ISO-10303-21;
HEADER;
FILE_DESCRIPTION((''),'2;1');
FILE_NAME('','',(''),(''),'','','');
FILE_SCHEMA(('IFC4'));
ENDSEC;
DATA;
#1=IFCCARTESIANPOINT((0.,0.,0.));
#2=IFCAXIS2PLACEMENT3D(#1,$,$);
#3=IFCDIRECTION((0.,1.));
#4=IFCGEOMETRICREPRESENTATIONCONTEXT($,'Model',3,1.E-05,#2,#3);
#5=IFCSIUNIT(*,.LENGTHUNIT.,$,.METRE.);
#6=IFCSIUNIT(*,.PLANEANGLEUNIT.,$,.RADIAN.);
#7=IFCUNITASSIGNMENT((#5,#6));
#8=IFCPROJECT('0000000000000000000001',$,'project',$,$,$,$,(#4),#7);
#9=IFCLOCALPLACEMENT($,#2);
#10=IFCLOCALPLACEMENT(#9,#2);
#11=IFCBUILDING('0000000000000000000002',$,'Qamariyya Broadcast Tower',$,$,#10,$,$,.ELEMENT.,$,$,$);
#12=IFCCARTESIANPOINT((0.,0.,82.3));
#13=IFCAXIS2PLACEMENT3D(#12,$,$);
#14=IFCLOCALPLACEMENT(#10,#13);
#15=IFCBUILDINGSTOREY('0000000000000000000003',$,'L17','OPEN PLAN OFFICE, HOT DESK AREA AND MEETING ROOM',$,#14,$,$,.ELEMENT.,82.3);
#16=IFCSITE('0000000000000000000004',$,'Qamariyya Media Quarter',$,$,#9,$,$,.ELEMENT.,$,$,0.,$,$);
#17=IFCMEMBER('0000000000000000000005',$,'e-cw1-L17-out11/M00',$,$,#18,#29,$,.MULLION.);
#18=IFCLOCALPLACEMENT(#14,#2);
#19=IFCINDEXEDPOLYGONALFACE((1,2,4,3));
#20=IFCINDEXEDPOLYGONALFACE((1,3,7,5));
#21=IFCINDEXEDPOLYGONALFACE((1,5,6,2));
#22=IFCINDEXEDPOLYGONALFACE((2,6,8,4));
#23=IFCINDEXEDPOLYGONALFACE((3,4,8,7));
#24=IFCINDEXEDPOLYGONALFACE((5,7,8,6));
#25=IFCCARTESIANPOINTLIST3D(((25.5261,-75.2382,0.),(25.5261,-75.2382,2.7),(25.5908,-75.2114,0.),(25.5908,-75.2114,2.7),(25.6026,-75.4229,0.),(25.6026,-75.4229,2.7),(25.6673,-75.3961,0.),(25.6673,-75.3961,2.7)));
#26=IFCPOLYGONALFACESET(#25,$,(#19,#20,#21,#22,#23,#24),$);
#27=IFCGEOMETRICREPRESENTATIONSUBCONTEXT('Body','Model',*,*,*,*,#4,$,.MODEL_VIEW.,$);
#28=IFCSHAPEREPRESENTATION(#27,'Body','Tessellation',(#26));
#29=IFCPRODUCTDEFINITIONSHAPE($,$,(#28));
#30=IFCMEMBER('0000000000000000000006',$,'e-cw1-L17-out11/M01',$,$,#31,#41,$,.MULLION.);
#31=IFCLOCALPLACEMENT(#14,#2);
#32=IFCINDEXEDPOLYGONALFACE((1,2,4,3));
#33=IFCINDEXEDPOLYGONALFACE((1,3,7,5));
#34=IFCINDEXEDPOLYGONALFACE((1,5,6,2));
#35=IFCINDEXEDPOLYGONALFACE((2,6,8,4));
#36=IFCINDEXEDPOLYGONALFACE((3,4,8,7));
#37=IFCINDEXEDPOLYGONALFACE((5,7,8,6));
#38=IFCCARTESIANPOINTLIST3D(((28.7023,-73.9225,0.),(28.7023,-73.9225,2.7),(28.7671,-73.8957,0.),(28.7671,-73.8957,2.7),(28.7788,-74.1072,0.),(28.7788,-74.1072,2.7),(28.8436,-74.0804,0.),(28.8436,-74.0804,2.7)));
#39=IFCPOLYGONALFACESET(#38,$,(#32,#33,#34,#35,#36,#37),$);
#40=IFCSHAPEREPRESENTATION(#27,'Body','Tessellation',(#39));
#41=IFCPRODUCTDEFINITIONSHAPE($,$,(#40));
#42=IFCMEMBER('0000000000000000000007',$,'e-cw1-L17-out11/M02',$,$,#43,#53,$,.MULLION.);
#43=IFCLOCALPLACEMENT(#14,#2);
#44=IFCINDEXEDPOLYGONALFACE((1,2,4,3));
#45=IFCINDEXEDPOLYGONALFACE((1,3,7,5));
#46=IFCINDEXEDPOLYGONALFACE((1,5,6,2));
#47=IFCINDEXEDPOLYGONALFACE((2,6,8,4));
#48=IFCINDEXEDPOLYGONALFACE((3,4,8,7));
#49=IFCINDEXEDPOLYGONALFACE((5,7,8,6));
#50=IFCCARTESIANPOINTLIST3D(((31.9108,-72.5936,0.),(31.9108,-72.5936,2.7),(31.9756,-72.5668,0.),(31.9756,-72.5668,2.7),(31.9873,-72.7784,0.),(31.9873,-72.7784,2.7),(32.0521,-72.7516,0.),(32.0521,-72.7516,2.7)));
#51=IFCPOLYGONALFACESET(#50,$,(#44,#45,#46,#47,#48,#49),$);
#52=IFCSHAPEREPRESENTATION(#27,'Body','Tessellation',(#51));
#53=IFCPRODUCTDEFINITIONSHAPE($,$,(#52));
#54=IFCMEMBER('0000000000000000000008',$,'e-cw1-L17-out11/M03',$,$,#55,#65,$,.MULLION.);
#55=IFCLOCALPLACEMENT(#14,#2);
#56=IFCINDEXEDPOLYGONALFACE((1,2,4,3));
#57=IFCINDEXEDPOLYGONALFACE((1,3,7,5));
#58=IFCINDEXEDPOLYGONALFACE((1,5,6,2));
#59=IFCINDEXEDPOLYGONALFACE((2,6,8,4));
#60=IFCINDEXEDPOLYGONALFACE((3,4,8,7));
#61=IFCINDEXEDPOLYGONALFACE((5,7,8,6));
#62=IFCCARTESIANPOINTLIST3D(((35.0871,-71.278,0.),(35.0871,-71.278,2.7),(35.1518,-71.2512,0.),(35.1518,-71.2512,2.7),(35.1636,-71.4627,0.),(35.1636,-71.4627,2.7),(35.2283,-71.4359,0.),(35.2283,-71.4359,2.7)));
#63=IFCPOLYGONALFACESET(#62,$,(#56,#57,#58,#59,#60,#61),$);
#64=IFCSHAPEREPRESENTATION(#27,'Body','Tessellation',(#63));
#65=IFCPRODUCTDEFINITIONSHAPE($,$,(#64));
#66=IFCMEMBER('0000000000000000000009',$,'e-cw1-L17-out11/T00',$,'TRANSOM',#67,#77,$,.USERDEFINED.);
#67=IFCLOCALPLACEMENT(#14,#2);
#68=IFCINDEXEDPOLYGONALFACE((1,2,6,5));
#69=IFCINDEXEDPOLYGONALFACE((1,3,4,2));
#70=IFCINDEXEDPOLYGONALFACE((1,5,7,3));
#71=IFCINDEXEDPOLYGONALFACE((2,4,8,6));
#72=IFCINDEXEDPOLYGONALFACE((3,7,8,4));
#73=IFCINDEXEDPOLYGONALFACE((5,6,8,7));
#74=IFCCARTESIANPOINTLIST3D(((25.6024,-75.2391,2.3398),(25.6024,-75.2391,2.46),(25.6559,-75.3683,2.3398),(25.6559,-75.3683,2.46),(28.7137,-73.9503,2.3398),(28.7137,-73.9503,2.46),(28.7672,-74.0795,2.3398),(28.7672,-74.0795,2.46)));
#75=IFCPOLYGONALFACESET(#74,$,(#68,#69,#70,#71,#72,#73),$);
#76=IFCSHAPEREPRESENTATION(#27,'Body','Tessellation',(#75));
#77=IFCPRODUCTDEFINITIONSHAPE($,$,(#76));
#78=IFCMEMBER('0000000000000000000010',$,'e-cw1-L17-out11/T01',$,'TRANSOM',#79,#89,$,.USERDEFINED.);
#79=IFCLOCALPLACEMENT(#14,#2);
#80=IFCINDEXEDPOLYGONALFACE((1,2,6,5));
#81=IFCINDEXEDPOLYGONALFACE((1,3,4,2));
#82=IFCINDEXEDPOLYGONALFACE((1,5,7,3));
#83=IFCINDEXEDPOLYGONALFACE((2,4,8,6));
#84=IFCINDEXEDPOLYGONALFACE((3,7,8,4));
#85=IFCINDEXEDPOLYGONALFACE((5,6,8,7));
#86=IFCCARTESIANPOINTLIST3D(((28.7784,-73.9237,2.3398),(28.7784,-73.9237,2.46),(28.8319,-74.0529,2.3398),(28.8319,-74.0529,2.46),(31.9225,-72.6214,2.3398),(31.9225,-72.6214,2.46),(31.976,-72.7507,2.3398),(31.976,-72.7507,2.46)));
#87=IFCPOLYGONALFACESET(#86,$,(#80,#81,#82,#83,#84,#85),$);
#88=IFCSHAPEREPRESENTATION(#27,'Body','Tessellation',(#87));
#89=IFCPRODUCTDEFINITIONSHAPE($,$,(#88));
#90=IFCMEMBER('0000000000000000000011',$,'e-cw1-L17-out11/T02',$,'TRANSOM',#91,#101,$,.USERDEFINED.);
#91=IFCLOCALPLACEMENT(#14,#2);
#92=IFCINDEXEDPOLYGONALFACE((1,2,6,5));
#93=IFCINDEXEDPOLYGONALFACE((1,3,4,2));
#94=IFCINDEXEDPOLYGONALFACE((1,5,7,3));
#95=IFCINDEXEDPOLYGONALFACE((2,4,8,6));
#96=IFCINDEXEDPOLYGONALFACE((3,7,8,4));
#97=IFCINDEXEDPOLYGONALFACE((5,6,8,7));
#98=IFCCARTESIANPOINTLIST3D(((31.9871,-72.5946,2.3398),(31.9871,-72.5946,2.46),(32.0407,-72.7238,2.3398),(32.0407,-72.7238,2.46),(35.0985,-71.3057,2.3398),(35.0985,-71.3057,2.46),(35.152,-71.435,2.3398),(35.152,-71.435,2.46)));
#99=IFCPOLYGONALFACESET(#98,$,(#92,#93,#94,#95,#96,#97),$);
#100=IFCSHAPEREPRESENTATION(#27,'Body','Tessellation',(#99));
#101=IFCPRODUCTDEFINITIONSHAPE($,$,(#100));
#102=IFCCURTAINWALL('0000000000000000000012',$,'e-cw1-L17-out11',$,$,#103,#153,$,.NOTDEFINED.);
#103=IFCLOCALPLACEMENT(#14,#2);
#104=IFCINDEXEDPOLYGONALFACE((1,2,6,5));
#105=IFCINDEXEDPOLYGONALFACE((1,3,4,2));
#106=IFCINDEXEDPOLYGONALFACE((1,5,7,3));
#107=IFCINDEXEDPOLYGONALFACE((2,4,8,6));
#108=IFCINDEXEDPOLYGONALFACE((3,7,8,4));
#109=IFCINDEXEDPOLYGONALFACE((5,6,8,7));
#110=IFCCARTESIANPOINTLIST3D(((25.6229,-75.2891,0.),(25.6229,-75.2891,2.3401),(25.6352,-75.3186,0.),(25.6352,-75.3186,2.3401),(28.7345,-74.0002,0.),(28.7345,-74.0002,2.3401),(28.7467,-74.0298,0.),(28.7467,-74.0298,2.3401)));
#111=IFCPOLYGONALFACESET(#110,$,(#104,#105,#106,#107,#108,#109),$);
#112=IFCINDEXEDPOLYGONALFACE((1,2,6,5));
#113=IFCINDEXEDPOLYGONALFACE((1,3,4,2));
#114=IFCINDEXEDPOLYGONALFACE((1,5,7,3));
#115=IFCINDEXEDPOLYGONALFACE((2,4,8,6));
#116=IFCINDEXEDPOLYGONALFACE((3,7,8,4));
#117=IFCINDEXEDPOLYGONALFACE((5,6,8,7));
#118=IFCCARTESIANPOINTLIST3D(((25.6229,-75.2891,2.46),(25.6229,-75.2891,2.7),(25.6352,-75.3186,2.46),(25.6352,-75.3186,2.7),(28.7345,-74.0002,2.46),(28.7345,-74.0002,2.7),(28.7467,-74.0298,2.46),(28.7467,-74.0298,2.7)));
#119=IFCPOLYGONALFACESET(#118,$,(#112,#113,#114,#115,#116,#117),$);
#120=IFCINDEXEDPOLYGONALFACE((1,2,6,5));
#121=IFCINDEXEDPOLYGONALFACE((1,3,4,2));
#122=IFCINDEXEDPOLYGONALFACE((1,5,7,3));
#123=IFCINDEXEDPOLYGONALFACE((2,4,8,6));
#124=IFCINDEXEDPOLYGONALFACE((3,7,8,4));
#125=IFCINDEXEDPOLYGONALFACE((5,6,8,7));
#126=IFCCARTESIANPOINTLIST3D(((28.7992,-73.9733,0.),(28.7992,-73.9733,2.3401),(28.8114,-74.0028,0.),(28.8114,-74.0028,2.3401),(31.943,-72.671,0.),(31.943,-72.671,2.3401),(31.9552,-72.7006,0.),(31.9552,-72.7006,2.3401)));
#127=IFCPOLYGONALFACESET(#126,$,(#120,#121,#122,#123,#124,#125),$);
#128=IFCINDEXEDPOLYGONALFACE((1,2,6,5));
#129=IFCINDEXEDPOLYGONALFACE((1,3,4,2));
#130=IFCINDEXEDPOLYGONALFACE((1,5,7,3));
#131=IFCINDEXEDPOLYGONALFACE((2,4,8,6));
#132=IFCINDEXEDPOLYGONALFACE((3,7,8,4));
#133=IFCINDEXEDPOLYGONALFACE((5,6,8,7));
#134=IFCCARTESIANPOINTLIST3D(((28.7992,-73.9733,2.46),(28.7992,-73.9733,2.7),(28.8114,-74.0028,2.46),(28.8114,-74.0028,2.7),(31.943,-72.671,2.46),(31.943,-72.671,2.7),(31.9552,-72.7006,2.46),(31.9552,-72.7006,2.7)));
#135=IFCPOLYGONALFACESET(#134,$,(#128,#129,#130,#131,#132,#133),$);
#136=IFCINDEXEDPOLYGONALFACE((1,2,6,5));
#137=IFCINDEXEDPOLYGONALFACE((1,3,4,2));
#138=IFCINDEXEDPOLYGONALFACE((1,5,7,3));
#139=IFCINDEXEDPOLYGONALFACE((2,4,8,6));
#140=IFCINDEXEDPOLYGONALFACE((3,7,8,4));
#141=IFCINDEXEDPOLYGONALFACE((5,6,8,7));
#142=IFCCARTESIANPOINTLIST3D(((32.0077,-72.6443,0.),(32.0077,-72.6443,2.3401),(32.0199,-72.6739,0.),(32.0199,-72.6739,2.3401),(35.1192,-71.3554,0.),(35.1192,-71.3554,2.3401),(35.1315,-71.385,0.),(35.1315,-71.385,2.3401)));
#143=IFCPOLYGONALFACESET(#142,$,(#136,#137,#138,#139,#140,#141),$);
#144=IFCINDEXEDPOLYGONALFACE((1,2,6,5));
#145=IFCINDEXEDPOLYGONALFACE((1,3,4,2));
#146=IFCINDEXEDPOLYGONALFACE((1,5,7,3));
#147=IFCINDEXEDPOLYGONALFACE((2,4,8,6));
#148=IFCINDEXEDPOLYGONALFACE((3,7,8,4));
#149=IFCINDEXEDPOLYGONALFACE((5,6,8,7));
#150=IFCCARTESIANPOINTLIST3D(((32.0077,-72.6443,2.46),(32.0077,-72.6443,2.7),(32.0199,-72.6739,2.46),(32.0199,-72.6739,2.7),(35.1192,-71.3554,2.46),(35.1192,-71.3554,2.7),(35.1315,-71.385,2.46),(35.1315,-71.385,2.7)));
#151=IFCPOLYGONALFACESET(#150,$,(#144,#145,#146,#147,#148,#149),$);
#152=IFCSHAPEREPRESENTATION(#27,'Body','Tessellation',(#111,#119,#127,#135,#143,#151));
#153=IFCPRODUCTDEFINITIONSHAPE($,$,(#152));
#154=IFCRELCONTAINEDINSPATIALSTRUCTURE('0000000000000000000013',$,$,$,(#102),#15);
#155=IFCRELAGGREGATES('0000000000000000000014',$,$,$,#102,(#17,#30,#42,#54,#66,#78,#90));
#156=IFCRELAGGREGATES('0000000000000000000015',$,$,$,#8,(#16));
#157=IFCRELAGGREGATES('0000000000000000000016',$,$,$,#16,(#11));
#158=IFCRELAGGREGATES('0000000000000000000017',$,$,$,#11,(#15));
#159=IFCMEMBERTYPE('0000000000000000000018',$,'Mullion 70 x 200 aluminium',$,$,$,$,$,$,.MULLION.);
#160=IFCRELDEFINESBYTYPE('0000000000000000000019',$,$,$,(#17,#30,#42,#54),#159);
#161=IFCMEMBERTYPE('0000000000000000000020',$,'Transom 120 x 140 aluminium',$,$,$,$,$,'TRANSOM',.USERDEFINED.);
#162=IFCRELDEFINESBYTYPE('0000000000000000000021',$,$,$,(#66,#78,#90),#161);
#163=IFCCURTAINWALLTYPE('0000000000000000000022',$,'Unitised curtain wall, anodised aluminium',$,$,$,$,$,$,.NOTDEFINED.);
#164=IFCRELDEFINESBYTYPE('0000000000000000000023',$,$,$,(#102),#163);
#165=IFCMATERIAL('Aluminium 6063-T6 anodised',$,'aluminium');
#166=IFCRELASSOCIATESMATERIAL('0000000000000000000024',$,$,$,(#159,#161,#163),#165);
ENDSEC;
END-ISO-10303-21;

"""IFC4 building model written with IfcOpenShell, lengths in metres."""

from ifc_helpers import new_model, si_unit, direction, frame, origin, origin_2d, place, context, subcontext, project, spatial, rectangle, extrude, material, material_profile, profile_set, type_object, element, aggregate, save


model = new_model("IFC4")

# Units and contexts
model_context = context("Model", 3, precision=1e-05, world=origin(), true_north=direction((0.0, 1.0)))
body_context = subcontext(model_context, "Body", "Model", "MODEL_VIEW")
ifc_project = project(units=[si_unit("LENGTHUNIT", "METRE"), si_unit("PLANEANGLEUNIT", "RADIAN")], contexts=[model_context])

# Members
ifc_material = material(Name="Aluminium 6063-T6 anodised", Category="aluminium")
ifc_material_profile_1 = material_profile(ifc_material, rectangle(XDim=0.2, YDim=0.0701, at=origin_2d()))
ifc_profile_set_1 = profile_set([ifc_material_profile_1], Name="Aluminium 6063-T6 anodised")
member_type_1 = type_object("IfcMemberType", Name="Mullion 70 x 200 aluminium", PredefinedType="MULLION", material=ifc_profile_set_1)
site_placement = place(None, origin())
building_placement = place(site_placement, origin())
storey_placement = place(building_placement, frame((0.0, 0.0, 82.3)))
member_1_placement = place(storey_placement, frame((25.5967, -75.3171, 0.0), z_axis=(0.0, 0.0, 1.0), x_axis=(-0.382683, 0.92388, 0.0)))
member_1 = element("IfcMember", 1, at=member_1_placement, type_object=member_type_1, Name="e-cw1-L17-out11/M00", PredefinedType="MULLION", context=body_context, shape_type="SweptSolid", body=[
    extrude(rectangle(XDim=0.2, YDim=0.0701, at=origin_2d()), origin(), (0.0, 0.0, 1.0), 2.7),
])
member_2_placement = place(storey_placement, frame((28.7729, -74.0015, 0.0), z_axis=(0.0, 0.0, 1.0), x_axis=(-0.382683, 0.92388, 0.0)))
member_2 = element("IfcMember", 2, at=member_2_placement, type_object=member_type_1, Name="e-cw1-L17-out11/M01", PredefinedType="MULLION", context=body_context, shape_type="SweptSolid", body=[
    extrude(rectangle(XDim=0.2, YDim=0.0701, at=origin_2d()), origin(), (0.0, 0.0, 1.0), 2.7),
])
member_3_placement = place(storey_placement, frame((31.9814, -72.6726, 0.0), z_axis=(0.0, 0.0, 1.0), x_axis=(-0.382683, 0.92388, 0.0)))
member_3 = element("IfcMember", 3, at=member_3_placement, type_object=member_type_1, Name="e-cw1-L17-out11/M02", PredefinedType="MULLION", context=body_context, shape_type="SweptSolid", body=[
    extrude(rectangle(XDim=0.2, YDim=0.0701, at=origin_2d()), origin(), (0.0, 0.0, 1.0), 2.7),
])
member_4_placement = place(storey_placement, frame((35.1577, -71.3569, 0.0), z_axis=(0.0, 0.0, 1.0), x_axis=(-0.382683, 0.92388, 0.0)))
member_4 = element("IfcMember", 4, at=member_4_placement, type_object=member_type_1, Name="e-cw1-L17-out11/M03", PredefinedType="MULLION", context=body_context, shape_type="SweptSolid", body=[
    extrude(rectangle(XDim=0.2, YDim=0.0701, at=origin_2d()), origin(), (0.0, 0.0, 1.0), 2.7),
])
ifc_material_profile_2 = material_profile(ifc_material, rectangle(XDim=0.1399, YDim=0.1201, at=origin_2d()))
ifc_profile_set_2 = profile_set([ifc_material_profile_2], Name="Aluminium 6063-T6 anodised")
member_type_2 = type_object("IfcMemberType", Name="Transom 120 x 140 aluminium", ElementType="TRANSOM", PredefinedType="USERDEFINED", material=ifc_profile_set_2)
member_5_placement = place(storey_placement, frame((25.6292, -75.3037, 2.3999), z_axis=(0.923873, 0.3827, 0.0), x_axis=(-0.3827, 0.923873, 0.0)))
member_5 = element("IfcMember", 5, at=member_5_placement, type_object=member_type_2, Name="e-cw1-L17-out11/T00", ObjectType="TRANSOM", PredefinedType="USERDEFINED", context=body_context, shape_type="SweptSolid", body=[
    extrude(rectangle(XDim=0.1399, YDim=0.1201, at=origin_2d()), origin(), (0.0, 0.0, 1.0), 3.3677),
])
member_6_placement = place(storey_placement, frame((28.8052, -73.9883, 2.3999), z_axis=(0.923886, 0.382669, 0.0), x_axis=(-0.382669, 0.923886, 0.0)))
member_6 = element("IfcMember", 6, at=member_6_placement, type_object=member_type_2, Name="e-cw1-L17-out11/T01", ObjectType="TRANSOM", PredefinedType="USERDEFINED", context=body_context, shape_type="SweptSolid", body=[
    extrude(rectangle(XDim=0.1399, YDim=0.1201, at=origin_2d()), origin(), (0.0, 0.0, 1.0), 3.4031),
])
member_7_placement = place(storey_placement, frame((32.0139, -72.6592, 2.3999), z_axis=(0.923873, 0.3827, 0.0), x_axis=(-0.3827, 0.923873, 0.0)))
member_7 = element("IfcMember", 7, at=member_7_placement, type_object=member_type_2, Name="e-cw1-L17-out11/T02", ObjectType="TRANSOM", PredefinedType="USERDEFINED", context=body_context, shape_type="SweptSolid", body=[
    extrude(rectangle(XDim=0.1399, YDim=0.1201, at=origin_2d()), origin(), (0.0, 0.0, 1.0), 3.3677),
])

# Site, building, storey
site = spatial("IfcSite", under=ifc_project, at=site_placement, Name="Qamariyya Media Quarter", CompositionType="ELEMENT", RefElevation=0.0)
building = spatial("IfcBuilding", under=site, at=building_placement, Name="Qamariyya Broadcast Tower", CompositionType="ELEMENT")
storey = spatial("IfcBuildingStorey", under=building, at=storey_placement, Name="L17", Description="OPEN PLAN OFFICE, HOT DESK AREA AND MEETING ROOM", CompositionType="ELEMENT", Elevation=82.3)

# Curtain wall
curtain_wall_type = type_object("IfcCurtainWallType", Name="Unitised curtain wall, anodised aluminium", PredefinedType="NOTDEFINED", material=ifc_material)
curtain_wall_1_placement = place(storey_placement, origin())
curtain_wall_1 = element("IfcCurtainWall", 8, at=curtain_wall_1_placement, inside=storey, type_object=curtain_wall_type, Name="e-cw1-L17-out11", PredefinedType="NOTDEFINED", context=body_context, shape_type="SweptSolid", body=[
    extrude(rectangle(XDim=3.3679, YDim=0.032, at=origin_2d()), frame((27.1848, -74.6594, 0.0), x_axis=(0.923878, 0.382688, 0.0)), (0.0, 0.0, 1.0), 2.3401),
    extrude(rectangle(XDim=3.3679, YDim=0.032, at=origin_2d()), frame((27.1848, -74.6594, 2.46), x_axis=(0.923878, 0.382688, 0.0)), (0.0, 0.0, 1.0), 0.24),
    extrude(rectangle(XDim=3.4028, YDim=0.032, at=origin_2d()), frame((30.3772, -73.3369, 0.0), x_axis=(0.923878, 0.382688, 0.0)), (0.0, 0.0, 1.0), 2.3401),
    extrude(rectangle(XDim=3.4028, YDim=0.032, at=origin_2d()), frame((30.3772, -73.3369, 2.46), x_axis=(0.923878, 0.382688, 0.0)), (0.0, 0.0, 1.0), 0.24),
    extrude(rectangle(XDim=3.3679, YDim=0.032, at=origin_2d()), frame((33.5696, -72.0146, 0.0), x_axis=(0.923878, 0.382688, 0.0)), (0.0, 0.0, 1.0), 2.3401),
    extrude(rectangle(XDim=3.3679, YDim=0.032, at=origin_2d()), frame((33.5696, -72.0146, 2.46), x_axis=(0.923878, 0.382688, 0.0)), (0.0, 0.0, 1.0), 0.24),
])
aggregate(curtain_wall_1, [member_1, member_2, member_3, member_4, member_5, member_6, member_7])

save(model, "model.ifc")
